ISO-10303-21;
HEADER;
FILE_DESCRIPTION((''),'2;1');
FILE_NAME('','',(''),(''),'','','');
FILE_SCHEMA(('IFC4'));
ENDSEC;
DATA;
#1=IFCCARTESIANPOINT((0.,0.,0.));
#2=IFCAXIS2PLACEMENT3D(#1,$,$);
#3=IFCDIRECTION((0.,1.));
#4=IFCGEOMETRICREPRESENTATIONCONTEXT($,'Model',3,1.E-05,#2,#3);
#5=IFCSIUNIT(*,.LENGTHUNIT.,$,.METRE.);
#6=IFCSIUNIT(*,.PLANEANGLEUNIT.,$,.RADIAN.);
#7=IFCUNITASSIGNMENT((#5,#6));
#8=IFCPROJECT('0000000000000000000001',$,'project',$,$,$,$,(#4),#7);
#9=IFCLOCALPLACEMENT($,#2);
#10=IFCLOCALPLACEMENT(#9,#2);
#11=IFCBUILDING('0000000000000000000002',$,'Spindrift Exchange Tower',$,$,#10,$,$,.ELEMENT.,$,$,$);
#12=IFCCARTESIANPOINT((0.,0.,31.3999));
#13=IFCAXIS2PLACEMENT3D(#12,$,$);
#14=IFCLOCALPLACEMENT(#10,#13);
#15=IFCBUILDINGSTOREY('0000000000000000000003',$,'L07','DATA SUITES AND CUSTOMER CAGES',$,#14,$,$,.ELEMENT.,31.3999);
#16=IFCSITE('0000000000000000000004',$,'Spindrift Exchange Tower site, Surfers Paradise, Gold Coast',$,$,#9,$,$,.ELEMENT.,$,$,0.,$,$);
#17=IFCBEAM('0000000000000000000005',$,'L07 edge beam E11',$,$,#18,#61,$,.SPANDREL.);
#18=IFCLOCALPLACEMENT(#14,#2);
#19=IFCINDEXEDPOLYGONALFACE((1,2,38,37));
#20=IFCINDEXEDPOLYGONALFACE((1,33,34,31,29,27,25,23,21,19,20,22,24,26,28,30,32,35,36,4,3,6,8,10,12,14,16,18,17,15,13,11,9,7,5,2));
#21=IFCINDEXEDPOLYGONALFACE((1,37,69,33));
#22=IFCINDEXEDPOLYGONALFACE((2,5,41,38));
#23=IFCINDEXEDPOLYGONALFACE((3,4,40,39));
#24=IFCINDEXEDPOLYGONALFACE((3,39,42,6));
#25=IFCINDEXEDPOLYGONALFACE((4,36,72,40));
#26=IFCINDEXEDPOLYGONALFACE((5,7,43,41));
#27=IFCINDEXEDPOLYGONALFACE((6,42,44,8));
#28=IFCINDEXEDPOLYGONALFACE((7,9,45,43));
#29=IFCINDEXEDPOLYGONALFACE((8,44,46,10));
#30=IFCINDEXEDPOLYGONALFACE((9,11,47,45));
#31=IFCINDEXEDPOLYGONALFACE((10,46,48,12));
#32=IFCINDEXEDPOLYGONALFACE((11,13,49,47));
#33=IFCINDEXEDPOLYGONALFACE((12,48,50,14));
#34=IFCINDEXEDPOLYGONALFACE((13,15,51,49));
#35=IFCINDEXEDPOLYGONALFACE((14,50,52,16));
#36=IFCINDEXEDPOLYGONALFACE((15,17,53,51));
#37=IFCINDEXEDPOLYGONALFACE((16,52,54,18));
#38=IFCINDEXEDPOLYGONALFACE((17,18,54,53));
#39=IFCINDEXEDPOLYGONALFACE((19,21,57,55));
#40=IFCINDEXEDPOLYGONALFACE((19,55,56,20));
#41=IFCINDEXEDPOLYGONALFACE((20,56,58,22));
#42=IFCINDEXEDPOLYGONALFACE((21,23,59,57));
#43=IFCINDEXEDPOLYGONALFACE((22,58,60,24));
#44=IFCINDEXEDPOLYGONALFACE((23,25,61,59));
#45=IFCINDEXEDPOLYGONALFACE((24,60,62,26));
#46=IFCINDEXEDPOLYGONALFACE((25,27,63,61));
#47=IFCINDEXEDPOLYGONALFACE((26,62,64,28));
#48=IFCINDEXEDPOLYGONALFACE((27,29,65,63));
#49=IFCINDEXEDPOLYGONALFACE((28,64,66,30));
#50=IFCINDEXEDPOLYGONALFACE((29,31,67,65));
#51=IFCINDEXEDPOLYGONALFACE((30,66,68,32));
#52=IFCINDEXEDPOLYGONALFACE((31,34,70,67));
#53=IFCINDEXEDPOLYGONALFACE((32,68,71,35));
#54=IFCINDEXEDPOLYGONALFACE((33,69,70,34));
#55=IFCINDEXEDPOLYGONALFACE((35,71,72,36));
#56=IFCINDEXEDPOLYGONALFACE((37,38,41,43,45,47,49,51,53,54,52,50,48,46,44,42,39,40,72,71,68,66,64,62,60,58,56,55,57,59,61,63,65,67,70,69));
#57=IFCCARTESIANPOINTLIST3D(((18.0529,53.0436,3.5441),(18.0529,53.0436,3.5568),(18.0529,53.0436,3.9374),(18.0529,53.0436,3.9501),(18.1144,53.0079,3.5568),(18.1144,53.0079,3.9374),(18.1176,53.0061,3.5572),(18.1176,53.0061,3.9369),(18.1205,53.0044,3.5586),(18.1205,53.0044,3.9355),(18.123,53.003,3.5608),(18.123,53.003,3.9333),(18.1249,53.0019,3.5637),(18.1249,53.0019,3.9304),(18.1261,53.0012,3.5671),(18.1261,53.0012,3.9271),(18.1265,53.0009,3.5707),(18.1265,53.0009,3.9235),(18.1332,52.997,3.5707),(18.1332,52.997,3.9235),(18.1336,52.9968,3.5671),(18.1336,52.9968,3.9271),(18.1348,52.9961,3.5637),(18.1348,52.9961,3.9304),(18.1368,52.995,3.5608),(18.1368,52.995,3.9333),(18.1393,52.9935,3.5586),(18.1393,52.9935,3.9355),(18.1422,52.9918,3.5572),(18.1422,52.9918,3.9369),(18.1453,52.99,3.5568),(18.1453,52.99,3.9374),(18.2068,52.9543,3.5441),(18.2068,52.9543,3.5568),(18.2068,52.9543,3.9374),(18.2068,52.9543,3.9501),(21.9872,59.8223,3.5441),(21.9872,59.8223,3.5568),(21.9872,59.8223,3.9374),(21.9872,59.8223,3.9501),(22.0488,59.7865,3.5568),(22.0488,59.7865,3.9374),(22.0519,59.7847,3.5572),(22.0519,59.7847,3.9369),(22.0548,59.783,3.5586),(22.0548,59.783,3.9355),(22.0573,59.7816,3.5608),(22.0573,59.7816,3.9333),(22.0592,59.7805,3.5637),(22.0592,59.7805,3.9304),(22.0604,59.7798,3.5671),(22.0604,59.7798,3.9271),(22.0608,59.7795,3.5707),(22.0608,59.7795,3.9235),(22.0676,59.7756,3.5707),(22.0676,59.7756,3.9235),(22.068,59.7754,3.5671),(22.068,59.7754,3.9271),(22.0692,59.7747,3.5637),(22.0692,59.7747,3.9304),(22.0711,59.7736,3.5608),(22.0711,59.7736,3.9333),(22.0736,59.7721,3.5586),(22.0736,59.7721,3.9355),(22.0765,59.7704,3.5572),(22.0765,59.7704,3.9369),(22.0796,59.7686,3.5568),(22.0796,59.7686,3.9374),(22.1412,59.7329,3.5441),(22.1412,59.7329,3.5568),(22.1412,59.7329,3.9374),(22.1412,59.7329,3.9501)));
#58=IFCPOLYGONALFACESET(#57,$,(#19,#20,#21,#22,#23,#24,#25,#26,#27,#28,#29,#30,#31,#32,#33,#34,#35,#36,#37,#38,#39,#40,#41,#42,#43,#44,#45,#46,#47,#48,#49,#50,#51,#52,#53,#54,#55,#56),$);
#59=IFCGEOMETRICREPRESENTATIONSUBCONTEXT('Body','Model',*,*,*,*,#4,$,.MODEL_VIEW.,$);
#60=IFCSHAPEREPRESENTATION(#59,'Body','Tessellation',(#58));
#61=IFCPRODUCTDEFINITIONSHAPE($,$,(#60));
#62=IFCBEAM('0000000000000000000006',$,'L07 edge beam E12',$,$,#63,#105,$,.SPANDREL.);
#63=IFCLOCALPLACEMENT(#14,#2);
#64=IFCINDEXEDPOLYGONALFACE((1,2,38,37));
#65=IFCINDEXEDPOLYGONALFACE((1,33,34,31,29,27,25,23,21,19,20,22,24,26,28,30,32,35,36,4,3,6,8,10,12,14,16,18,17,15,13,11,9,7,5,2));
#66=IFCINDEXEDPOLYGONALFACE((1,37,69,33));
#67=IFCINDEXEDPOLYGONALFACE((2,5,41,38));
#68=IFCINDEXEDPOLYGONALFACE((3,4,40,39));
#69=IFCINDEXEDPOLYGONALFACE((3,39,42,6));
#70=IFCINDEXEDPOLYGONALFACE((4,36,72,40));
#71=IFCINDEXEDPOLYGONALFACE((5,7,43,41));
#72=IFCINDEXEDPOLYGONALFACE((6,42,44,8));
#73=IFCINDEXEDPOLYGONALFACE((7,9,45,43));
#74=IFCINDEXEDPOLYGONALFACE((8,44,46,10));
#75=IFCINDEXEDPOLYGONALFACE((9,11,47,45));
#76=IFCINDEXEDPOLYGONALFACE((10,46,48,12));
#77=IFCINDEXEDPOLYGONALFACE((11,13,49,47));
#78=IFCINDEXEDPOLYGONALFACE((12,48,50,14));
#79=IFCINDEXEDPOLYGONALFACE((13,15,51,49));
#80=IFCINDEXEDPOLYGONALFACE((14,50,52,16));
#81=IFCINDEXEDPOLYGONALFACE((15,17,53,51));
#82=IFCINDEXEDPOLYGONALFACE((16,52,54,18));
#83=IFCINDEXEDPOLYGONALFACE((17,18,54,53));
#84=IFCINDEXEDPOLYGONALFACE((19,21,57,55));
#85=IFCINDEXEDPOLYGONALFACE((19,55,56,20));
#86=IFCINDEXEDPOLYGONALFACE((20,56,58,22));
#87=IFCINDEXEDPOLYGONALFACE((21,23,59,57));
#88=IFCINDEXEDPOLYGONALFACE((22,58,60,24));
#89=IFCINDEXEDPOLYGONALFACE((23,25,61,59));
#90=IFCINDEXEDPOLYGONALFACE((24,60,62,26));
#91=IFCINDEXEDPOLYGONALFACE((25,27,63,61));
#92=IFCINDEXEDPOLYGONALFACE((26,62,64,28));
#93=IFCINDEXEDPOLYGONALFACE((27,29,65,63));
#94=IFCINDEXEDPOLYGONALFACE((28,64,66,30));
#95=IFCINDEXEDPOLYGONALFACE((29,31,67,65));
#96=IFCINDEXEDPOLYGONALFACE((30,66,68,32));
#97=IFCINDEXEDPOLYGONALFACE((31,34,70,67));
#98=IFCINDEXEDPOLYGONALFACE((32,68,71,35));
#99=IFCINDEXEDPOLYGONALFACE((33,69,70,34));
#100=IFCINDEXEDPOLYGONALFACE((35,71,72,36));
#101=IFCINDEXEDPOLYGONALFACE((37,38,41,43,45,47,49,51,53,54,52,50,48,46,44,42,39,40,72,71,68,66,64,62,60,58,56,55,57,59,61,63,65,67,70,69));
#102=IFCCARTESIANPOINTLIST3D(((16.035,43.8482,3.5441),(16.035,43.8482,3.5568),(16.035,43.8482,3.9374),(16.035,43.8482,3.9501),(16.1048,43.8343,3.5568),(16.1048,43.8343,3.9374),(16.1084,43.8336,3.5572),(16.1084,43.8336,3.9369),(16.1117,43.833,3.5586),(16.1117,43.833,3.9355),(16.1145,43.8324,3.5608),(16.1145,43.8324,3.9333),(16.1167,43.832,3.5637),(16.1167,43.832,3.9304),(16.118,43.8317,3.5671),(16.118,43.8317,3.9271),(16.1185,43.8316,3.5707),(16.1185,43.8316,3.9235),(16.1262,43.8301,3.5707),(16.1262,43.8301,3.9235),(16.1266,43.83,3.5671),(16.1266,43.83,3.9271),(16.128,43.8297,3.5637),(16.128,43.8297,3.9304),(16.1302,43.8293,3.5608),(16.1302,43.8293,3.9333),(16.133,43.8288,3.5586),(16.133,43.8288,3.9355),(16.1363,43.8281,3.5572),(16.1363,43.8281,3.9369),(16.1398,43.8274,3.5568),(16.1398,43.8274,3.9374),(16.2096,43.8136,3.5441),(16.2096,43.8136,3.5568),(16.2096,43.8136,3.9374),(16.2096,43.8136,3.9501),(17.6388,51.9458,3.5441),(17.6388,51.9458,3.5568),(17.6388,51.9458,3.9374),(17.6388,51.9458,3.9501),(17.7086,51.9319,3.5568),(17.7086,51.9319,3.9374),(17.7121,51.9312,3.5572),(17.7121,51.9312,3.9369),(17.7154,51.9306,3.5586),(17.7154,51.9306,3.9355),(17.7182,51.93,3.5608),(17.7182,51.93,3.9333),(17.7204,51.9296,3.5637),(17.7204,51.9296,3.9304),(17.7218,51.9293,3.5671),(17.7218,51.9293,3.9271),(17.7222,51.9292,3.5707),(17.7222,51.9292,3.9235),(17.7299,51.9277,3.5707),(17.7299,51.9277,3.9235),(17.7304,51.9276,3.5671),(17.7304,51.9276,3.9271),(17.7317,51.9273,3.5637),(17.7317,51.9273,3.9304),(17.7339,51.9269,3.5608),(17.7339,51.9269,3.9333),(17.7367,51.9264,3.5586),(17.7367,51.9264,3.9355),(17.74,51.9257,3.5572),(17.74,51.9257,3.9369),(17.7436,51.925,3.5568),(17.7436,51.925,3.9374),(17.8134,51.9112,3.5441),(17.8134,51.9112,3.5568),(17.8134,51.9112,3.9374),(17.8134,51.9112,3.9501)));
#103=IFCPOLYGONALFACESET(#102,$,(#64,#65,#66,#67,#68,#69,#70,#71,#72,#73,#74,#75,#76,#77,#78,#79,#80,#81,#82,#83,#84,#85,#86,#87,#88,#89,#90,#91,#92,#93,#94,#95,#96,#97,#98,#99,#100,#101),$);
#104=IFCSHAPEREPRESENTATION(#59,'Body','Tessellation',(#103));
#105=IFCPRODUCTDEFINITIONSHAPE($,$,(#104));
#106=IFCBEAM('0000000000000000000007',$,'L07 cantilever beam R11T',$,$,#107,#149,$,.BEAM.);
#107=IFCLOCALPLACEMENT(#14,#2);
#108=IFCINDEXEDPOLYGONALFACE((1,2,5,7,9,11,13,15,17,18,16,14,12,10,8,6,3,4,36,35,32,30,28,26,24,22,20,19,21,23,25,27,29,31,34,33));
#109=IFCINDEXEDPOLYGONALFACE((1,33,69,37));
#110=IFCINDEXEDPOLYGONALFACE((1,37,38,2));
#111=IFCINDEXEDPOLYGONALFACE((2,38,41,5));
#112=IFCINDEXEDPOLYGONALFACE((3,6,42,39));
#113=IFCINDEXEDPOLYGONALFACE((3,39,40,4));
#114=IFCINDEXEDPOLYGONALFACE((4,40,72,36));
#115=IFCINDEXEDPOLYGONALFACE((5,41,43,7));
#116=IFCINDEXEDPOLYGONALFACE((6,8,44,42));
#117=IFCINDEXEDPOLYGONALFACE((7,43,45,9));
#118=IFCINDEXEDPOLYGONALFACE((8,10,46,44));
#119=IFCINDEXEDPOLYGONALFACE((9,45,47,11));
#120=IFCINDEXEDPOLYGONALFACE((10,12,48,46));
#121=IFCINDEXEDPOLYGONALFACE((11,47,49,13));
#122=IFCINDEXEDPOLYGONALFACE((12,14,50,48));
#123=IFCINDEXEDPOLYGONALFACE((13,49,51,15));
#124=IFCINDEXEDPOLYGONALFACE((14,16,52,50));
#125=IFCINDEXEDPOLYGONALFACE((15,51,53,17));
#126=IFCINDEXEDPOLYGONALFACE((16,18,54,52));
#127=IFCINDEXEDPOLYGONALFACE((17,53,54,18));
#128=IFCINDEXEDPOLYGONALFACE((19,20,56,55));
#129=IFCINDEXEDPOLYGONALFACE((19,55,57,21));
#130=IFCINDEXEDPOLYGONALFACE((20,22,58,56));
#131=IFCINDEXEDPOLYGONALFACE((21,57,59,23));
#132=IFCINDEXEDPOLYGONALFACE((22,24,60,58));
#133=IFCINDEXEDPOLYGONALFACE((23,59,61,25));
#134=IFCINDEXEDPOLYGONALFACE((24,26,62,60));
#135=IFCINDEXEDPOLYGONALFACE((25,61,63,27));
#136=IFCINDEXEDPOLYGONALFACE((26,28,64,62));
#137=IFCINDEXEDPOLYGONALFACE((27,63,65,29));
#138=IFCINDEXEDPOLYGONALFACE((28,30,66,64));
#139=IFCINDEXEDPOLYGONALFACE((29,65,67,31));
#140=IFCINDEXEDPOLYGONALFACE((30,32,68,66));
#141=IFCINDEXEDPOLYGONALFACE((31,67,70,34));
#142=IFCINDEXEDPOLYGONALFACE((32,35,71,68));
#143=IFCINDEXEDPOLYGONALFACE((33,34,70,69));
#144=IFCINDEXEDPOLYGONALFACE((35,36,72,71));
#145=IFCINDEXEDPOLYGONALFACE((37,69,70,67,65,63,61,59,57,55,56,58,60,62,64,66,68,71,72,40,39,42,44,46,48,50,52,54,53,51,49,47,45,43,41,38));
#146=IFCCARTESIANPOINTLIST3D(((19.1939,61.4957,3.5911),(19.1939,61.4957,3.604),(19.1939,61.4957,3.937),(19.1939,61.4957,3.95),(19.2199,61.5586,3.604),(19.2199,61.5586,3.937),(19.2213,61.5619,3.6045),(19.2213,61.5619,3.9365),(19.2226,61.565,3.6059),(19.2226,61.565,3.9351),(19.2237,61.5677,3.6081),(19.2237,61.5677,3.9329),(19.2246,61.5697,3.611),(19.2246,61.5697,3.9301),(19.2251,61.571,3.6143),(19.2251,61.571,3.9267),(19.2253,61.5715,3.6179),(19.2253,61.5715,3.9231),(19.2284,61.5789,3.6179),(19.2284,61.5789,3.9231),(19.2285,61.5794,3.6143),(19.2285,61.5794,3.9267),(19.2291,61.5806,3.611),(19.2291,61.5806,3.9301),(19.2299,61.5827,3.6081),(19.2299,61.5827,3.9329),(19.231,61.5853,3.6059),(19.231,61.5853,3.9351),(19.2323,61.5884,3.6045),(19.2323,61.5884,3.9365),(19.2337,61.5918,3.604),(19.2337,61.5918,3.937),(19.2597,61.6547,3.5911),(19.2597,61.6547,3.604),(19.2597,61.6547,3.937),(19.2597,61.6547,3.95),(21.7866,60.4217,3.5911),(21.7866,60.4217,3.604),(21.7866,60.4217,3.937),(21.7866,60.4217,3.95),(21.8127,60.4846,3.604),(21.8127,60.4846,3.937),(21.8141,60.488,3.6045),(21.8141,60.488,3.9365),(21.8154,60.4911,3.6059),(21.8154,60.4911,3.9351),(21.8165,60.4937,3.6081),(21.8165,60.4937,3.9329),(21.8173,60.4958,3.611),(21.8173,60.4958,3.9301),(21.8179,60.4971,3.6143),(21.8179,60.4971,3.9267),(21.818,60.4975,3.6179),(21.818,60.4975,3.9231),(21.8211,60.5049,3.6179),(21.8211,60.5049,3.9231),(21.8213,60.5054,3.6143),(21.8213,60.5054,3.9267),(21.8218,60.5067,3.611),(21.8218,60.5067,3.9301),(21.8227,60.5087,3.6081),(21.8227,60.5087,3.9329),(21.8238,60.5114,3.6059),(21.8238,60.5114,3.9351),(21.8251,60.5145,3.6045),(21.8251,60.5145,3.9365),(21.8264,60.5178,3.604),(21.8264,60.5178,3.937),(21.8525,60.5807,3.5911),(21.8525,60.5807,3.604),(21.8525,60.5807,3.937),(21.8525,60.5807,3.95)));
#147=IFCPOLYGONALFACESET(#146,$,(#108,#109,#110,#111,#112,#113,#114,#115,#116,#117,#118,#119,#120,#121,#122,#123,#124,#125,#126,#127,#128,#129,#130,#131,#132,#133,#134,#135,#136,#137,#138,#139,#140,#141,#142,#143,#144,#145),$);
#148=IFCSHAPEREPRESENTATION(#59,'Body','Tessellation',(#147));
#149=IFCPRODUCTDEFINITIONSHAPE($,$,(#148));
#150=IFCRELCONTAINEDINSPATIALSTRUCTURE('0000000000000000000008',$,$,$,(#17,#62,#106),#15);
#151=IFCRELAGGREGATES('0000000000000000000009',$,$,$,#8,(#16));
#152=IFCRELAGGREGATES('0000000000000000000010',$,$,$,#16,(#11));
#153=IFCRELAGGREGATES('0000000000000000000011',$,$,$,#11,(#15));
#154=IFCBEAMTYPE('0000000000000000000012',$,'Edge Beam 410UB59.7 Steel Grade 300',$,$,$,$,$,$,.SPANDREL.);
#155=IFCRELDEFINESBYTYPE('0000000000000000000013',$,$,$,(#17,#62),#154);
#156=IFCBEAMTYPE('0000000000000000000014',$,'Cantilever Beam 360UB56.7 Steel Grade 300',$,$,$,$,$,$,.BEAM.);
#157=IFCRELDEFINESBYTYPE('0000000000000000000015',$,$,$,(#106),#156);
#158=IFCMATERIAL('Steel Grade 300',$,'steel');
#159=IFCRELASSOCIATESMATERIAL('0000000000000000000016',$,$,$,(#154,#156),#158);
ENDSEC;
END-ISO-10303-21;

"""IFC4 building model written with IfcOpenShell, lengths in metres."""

from ifc_helpers import new_model, si_unit, direction, frame, origin, origin_2d, place, context, subcontext, project, spatial, i_section, extrude, source, transform, mapped, material, material_profile, profile_set, type_object, element, save


model = new_model("IFC4")

# Units and contexts
model_context = context("Model", 3, precision=1e-05, world=origin(), true_north=direction((0.0, 1.0)))
body_context = subcontext(model_context, "Body", "Model", "MODEL_VIEW")
ifc_project = project(units=[si_unit("LENGTHUNIT", "METRE"), si_unit("PLANEANGLEUNIT", "RADIAN")], contexts=[model_context])

# Site, building, storey
site_placement = place(None, origin())
site = spatial("IfcSite", under=ifc_project, at=site_placement, Name="Spindrift Exchange Tower site, Surfers Paradise, Gold Coast", CompositionType="ELEMENT", RefElevation=0.0)
building_placement = place(site_placement, origin())
building = spatial("IfcBuilding", under=site, at=building_placement, Name="Spindrift Exchange Tower", CompositionType="ELEMENT")
storey_placement = place(building_placement, frame((0.0, 0.0, 31.3999)))
storey = spatial("IfcBuildingStorey", under=building, at=storey_placement, Name="L07", Description="DATA SUITES AND CUSTOMER CAGES", CompositionType="ELEMENT", Elevation=31.3999)

# Beams
ifc_material_1 = material(Name="Steel Grade 300", Category="steel")
ifc_material_profile_1 = material_profile(ifc_material_1, i_section(OverallWidth=0.178, OverallDepth=0.406, WebThickness=0.0078, FlangeThickness=0.0127, FilletRadius=0.0139, at=origin_2d()), Name="410UB59.7")
ifc_profile_set_1 = profile_set([ifc_material_profile_1], Name="Steel Grade 300")
beam_type_1 = type_object("IfcBeamType", Name="Edge Beam 410UB59.7 Steel Grade 300", PredefinedType="SPANDREL", material=ifc_profile_set_1)
shared_shape_1 = source(origin(), body_context, "Body", "SweptSolid", [
    extrude(i_section(OverallWidth=0.178, OverallDepth=0.406, WebThickness=0.0078, FlangeThickness=0.0127, FilletRadius=0.0139, at=origin_2d()), origin(), (0.0, 0.0, 1.0), 7.8376),
])
beam_1_placement = place(storey_placement, frame((22.0642, 59.7776, 3.7471), z_axis=(-0.501981, -0.864878, 0.0), x_axis=(0.864878, -0.501981, 0.0)))
element("IfcBeam", 1, at=beam_1_placement, inside=storey, type_object=beam_type_1, Name="L07 edge beam E11", PredefinedType="SPANDREL", context=body_context, shape_type="MappedRepresentation", body=[
    mapped(shared_shape_1, transform((0.0, 0.0, 0.0), scale=1.0)),
])
shared_shape_2 = source(origin(), body_context, "Body", "SweptSolid", [
    extrude(i_section(OverallWidth=0.178, OverallDepth=0.406, WebThickness=0.0078, FlangeThickness=0.0127, FilletRadius=0.0139, at=origin_2d()), origin(), (0.0, 0.0, 1.0), 8.2549),
])
beam_2_placement = place(storey_placement, frame((17.7261, 51.9285, 3.7471), z_axis=(-0.194279, -0.980946, 0.0), x_axis=(0.980946, -0.194279, 0.0)))
element("IfcBeam", 2, at=beam_2_placement, inside=storey, type_object=beam_type_1, Name="L07 edge beam E12", PredefinedType="SPANDREL", context=body_context, shape_type="MappedRepresentation", body=[
    mapped(shared_shape_2, transform((0.0, 0.0, 0.0), scale=1.0)),
])
ifc_material_profile_2 = material_profile(ifc_material_1, i_section(OverallWidth=0.1721, OverallDepth=0.3589, WebThickness=0.0081, FlangeThickness=0.0129, FilletRadius=0.0139, at=origin_2d()), Name="360UB56.7")
ifc_profile_set_2 = profile_set([ifc_material_profile_2], Name="Steel Grade 300")
beam_type_2 = type_object("IfcBeamType", Name="Cantilever Beam 360UB56.7 Steel Grade 300", PredefinedType="BEAM", material=ifc_profile_set_2)
shared_shape_3 = source(origin(), body_context, "Body", "SweptSolid", [
    extrude(i_section(OverallWidth=0.1721, OverallDepth=0.3589, WebThickness=0.0081, FlangeThickness=0.0129, FilletRadius=0.0139, at=origin_2d()), origin(), (0.0, 0.0, 1.0), 2.8064),
])
beam_3_placement = place(storey_placement, frame((21.8196, 60.5012, 3.7705), z_axis=(-0.923878, 0.382687, 0.0), x_axis=(-0.382687, -0.923878, 0.0)))
element("IfcBeam", 3, at=beam_3_placement, inside=storey, type_object=beam_type_2, Name="L07 cantilever beam R11T", PredefinedType="BEAM", context=body_context, shape_type="MappedRepresentation", body=[
    mapped(shared_shape_3, transform((0.0, 0.0, 0.0), scale=1.0)),
])

save(model, "model.ifc")
